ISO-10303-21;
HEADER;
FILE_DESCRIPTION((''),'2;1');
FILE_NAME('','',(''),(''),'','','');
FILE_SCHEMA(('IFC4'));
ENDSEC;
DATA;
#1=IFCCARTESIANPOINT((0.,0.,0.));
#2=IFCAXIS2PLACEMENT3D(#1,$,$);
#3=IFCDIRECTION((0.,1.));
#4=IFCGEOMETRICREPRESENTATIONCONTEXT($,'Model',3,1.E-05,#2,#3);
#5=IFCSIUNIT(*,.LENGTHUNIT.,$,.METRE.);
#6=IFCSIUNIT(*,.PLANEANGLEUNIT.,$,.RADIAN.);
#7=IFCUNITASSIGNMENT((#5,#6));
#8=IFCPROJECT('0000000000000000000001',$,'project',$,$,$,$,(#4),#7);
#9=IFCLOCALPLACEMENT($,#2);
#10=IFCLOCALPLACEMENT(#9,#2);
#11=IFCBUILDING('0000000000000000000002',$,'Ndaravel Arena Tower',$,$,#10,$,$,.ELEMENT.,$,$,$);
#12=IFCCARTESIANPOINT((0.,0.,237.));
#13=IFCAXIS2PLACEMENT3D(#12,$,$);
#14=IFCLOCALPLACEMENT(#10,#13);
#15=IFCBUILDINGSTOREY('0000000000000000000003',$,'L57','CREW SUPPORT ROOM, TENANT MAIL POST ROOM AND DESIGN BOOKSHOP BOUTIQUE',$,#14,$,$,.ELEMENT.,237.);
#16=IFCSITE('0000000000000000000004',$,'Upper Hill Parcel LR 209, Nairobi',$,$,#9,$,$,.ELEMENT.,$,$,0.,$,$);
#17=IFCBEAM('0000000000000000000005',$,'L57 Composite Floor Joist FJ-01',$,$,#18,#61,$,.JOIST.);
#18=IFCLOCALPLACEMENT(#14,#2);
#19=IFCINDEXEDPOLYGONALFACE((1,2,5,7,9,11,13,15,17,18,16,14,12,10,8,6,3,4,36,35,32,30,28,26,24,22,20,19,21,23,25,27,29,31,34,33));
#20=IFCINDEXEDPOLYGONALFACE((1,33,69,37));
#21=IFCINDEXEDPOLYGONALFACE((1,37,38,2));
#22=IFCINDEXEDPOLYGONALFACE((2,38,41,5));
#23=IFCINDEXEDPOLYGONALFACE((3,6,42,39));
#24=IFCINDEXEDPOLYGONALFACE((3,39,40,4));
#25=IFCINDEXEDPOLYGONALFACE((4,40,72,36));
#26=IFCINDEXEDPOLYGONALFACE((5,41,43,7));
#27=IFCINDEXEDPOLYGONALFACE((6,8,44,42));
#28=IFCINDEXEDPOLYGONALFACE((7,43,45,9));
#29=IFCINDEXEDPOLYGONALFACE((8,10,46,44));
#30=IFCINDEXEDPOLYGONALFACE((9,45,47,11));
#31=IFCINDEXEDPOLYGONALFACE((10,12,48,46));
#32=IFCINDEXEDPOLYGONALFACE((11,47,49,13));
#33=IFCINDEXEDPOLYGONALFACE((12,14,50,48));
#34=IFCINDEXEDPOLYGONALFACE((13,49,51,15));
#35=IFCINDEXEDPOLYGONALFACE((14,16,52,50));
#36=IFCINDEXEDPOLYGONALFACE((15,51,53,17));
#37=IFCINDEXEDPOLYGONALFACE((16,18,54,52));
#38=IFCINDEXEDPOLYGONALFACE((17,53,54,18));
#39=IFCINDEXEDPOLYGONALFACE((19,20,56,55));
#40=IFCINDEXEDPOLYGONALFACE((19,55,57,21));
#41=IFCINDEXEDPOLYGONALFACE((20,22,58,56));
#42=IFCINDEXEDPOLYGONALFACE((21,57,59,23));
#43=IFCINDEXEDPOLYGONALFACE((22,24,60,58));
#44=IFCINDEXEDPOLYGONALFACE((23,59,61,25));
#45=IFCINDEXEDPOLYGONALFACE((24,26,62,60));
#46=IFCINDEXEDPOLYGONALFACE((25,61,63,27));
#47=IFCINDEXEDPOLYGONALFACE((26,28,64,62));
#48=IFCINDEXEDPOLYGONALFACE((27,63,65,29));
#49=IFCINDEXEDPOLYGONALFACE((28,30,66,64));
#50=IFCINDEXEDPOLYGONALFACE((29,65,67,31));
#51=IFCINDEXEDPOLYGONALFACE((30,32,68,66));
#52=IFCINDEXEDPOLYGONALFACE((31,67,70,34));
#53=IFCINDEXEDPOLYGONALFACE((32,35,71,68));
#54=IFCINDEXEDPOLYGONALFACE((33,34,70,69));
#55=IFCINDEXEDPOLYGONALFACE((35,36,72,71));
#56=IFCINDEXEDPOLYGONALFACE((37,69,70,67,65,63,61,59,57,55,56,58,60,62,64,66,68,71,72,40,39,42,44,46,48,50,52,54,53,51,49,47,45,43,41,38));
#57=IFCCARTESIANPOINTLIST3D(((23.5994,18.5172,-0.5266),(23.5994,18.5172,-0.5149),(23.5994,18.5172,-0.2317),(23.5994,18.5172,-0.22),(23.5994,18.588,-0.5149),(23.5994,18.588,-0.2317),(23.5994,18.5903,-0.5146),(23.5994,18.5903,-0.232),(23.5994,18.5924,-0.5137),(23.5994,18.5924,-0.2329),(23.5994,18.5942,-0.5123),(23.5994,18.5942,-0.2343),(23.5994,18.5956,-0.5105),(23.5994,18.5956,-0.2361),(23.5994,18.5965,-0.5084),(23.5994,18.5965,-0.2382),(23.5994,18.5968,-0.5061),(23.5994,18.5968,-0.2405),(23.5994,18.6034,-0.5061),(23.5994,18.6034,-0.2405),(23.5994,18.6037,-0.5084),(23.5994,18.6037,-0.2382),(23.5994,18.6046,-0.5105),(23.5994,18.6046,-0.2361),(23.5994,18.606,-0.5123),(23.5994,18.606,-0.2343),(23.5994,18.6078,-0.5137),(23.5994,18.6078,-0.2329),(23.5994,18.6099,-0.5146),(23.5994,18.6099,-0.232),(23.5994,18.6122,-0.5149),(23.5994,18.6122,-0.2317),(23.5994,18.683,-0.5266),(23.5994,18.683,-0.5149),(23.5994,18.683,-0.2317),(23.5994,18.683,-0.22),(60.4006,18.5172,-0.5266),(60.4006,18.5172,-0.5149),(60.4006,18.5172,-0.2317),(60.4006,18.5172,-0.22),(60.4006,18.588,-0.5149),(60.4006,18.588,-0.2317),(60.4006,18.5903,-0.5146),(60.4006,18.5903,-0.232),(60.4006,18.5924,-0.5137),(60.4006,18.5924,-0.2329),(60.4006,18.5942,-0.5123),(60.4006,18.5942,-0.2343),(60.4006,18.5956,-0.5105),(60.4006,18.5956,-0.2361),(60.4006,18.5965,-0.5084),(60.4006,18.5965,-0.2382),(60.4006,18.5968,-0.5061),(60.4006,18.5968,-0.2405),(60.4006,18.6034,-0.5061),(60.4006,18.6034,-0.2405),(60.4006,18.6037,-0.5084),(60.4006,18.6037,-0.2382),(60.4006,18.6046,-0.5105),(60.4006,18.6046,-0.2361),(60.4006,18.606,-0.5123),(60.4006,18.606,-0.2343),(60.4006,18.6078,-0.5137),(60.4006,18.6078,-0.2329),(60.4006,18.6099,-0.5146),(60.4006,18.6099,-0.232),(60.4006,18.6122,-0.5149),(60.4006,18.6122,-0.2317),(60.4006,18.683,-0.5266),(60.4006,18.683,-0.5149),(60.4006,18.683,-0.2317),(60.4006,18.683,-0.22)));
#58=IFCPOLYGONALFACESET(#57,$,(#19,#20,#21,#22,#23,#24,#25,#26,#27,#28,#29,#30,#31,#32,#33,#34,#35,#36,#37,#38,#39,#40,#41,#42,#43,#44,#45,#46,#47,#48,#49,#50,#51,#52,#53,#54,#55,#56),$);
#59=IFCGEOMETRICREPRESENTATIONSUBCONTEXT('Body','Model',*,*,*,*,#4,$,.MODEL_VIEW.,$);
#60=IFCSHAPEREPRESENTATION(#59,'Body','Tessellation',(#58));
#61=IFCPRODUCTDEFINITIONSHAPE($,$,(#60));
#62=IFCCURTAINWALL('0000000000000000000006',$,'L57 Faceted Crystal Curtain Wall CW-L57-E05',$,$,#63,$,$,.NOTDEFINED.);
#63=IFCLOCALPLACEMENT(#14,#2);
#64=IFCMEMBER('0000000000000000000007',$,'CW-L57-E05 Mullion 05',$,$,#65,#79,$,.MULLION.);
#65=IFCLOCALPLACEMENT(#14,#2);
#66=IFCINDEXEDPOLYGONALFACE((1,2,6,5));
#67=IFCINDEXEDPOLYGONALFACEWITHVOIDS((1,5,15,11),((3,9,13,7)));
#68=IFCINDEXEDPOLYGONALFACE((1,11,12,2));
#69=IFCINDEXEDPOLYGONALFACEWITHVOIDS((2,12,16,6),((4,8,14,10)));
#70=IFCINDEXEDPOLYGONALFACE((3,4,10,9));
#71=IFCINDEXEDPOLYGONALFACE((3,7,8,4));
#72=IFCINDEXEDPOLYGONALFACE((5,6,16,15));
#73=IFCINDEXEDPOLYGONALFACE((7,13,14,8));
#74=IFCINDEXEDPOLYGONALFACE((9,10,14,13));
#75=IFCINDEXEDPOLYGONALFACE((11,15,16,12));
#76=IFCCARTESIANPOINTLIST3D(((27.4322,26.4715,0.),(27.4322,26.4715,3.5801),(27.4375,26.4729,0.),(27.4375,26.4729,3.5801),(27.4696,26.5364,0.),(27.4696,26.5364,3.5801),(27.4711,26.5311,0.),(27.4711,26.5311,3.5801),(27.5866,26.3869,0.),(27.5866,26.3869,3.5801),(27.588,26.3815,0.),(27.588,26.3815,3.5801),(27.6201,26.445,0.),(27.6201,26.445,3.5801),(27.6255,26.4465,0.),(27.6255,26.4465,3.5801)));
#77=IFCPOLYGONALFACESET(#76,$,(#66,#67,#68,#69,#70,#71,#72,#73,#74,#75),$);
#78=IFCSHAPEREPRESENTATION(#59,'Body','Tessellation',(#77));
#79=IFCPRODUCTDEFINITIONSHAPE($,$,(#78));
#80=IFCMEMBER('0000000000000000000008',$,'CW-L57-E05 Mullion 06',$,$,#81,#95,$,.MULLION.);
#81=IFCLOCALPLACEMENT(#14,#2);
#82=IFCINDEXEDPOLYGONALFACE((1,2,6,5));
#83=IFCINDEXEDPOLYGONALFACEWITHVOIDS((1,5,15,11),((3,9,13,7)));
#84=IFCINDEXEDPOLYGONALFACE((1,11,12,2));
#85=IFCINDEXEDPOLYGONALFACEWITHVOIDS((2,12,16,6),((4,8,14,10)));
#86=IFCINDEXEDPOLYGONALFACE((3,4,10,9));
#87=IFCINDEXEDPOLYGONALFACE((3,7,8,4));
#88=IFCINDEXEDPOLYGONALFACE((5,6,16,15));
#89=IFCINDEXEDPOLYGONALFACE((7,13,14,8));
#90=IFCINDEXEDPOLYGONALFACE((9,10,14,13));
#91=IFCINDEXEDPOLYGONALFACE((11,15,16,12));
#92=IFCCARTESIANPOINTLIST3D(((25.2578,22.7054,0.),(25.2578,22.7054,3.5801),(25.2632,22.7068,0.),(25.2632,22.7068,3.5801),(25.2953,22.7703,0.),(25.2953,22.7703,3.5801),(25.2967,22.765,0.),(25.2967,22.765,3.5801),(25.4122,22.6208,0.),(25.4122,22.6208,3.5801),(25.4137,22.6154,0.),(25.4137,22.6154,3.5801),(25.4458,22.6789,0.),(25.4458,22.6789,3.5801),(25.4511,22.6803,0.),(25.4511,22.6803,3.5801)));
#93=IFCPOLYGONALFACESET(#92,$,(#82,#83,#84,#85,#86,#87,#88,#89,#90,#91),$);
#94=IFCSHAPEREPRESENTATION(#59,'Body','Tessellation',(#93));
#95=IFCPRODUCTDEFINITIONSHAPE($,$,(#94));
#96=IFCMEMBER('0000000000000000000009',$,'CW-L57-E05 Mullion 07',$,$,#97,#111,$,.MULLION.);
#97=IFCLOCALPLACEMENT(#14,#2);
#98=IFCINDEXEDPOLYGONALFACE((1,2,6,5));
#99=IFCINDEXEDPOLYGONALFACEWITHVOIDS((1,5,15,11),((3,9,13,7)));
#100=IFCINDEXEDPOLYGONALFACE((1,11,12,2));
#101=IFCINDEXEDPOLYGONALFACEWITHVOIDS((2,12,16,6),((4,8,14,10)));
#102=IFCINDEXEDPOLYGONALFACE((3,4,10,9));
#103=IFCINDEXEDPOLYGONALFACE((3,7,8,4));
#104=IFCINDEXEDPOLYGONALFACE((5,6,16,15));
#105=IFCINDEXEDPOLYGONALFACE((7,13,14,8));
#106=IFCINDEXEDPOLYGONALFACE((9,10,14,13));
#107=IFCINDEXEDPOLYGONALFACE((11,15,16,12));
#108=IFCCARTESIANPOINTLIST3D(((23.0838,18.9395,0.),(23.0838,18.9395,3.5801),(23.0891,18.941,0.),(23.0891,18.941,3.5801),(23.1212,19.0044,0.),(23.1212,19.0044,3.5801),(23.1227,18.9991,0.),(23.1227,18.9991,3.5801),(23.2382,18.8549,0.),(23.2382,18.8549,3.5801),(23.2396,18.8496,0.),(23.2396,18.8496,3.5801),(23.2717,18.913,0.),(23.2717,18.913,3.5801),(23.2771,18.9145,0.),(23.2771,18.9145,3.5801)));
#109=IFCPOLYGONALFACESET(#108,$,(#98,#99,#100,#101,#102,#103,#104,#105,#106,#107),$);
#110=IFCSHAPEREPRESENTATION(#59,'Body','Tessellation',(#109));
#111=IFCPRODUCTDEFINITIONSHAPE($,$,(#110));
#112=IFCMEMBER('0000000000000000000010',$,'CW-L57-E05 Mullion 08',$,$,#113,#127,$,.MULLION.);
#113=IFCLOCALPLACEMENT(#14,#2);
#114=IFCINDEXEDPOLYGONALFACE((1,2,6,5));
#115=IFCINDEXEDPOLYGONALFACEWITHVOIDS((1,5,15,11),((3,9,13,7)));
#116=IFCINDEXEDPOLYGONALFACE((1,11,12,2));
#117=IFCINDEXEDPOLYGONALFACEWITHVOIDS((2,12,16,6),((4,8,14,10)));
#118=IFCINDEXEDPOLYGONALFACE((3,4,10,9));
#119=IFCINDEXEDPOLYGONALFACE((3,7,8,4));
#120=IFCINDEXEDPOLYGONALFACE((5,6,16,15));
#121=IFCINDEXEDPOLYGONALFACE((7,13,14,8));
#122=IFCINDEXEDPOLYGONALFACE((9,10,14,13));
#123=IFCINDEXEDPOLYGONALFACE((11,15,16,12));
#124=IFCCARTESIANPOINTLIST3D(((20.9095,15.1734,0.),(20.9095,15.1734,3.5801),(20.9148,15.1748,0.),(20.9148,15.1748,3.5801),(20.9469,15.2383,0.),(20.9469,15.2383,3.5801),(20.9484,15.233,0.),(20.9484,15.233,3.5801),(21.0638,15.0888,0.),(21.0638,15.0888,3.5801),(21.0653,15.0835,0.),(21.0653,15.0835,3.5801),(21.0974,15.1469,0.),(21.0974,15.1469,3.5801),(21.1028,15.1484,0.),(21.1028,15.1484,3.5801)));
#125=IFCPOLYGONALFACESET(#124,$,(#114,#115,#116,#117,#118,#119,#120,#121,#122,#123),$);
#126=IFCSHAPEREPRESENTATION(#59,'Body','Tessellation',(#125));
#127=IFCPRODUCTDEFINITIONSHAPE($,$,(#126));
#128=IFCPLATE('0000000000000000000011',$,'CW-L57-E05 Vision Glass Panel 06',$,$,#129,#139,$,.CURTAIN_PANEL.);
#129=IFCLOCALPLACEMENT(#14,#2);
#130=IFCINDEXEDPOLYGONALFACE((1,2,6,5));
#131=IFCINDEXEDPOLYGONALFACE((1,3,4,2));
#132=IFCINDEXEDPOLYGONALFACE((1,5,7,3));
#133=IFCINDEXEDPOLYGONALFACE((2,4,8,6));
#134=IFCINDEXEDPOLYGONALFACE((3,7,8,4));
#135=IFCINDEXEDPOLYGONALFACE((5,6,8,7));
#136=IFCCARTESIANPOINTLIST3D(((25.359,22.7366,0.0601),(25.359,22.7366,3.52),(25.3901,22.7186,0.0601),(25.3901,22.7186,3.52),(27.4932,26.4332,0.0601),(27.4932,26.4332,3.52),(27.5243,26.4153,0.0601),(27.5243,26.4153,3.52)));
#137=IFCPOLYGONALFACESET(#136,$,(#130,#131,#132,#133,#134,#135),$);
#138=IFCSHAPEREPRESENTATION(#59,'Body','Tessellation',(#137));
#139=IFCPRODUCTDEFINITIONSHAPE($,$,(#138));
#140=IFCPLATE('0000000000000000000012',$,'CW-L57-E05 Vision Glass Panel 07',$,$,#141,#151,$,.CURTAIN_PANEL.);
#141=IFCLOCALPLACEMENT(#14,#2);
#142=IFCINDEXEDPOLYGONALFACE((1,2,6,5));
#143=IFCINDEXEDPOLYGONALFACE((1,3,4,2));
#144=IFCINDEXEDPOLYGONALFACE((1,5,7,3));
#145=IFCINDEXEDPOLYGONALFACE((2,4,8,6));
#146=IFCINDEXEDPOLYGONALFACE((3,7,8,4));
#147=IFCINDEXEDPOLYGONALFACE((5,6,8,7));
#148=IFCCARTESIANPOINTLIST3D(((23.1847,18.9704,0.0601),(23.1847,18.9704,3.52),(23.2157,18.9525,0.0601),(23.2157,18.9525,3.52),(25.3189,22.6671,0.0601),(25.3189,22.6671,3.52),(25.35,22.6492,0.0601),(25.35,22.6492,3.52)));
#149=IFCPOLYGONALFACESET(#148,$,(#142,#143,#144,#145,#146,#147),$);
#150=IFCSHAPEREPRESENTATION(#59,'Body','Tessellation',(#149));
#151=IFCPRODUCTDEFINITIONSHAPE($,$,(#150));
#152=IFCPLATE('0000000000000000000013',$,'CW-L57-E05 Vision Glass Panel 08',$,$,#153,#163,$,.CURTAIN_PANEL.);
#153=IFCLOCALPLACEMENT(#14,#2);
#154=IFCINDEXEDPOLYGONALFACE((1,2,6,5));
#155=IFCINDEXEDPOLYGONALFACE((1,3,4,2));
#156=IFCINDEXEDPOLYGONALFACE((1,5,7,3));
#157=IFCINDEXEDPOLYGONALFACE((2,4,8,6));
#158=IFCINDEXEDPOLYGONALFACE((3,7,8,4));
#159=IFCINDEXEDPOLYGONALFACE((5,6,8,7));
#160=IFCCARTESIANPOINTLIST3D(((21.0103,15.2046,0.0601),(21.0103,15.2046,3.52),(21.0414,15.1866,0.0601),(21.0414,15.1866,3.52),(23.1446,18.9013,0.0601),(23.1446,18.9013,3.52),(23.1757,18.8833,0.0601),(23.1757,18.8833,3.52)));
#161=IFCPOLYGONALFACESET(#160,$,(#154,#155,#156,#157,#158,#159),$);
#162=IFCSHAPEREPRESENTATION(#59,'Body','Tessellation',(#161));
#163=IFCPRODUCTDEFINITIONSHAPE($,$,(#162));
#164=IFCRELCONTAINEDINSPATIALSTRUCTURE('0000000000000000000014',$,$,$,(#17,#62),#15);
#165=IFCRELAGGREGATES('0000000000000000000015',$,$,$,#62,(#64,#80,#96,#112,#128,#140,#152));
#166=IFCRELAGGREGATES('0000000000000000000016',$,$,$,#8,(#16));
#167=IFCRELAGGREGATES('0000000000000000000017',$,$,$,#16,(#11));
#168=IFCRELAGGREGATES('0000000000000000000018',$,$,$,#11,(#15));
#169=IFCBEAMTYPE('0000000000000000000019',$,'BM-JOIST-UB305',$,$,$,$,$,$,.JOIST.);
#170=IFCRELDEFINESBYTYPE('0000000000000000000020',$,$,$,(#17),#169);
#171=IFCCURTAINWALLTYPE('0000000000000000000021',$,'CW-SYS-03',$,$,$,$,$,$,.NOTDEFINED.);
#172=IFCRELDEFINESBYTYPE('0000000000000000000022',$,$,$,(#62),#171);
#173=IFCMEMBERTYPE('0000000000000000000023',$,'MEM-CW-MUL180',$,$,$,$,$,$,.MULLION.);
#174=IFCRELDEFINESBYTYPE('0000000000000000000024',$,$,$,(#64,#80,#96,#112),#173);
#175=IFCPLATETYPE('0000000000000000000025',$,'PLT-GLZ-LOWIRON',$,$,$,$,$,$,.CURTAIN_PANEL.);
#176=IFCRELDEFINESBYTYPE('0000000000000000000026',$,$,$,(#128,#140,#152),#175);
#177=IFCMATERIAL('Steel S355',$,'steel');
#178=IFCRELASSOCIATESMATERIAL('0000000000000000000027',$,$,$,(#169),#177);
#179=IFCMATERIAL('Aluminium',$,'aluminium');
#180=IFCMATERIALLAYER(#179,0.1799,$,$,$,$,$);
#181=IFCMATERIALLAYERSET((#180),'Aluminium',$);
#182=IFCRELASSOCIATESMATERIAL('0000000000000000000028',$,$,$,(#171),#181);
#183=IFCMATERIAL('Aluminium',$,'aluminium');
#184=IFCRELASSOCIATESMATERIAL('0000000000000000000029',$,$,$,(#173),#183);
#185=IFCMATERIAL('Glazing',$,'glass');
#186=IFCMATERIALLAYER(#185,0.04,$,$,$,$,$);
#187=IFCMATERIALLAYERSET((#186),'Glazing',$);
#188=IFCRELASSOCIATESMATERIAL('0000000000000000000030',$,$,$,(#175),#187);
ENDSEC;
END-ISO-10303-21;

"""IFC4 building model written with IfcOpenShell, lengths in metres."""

from ifc_helpers import new_model, si_unit, direction, frame, origin, origin_2d, place, context, subcontext, project, spatial, rectangle, hollow_rectangle, i_section, extrude, material, layer, layer_set, material_profile, profile_set, type_object, element, aggregate, save


model = new_model("IFC4")

# Units and contexts
model_context = context("Model", 3, precision=1e-05, world=origin(), true_north=direction((0.0, 1.0)))
body_context = subcontext(model_context, "Body", "Model", "MODEL_VIEW")
ifc_project = project(units=[si_unit("LENGTHUNIT", "METRE"), si_unit("PLANEANGLEUNIT", "RADIAN")], contexts=[model_context])

# Site, building, storey
site_placement = place(None, origin())
site = spatial("IfcSite", under=ifc_project, at=site_placement, Name="Upper Hill Parcel LR 209, Nairobi", CompositionType="ELEMENT", RefElevation=0.0)
building_placement = place(site_placement, origin())
building = spatial("IfcBuilding", under=site, at=building_placement, Name="Ndaravel Arena Tower", CompositionType="ELEMENT")
storey_placement = place(building_placement, frame((0.0, 0.0, 237.0)))
storey = spatial("IfcBuildingStorey", under=building, at=storey_placement, Name="L57", Description="CREW SUPPORT ROOM, TENANT MAIL POST ROOM AND DESIGN BOOKSHOP BOUTIQUE", CompositionType="ELEMENT", Elevation=237.0)

# Beam
ifc_material_1 = material(Name="Steel S355", Category="steel")
ifc_material_profile_1 = material_profile(ifc_material_1, i_section(OverallWidth=0.1658, OverallDepth=0.3066, WebThickness=0.0066, FlangeThickness=0.0117, FilletRadius=0.0088, at=origin_2d()), Name="UB 305x165x46")
ifc_profile_set_1 = profile_set([ifc_material_profile_1], Name="Steel S355")
beam_type = type_object("IfcBeamType", Name="BM-JOIST-UB305", PredefinedType="JOIST", material=ifc_profile_set_1)
beam_placement = place(storey_placement, frame((23.5994, 18.6001, -0.3733), z_axis=(1.0, 0.0, 0.0), x_axis=(0.0, 1.0, 0.0)))
element("IfcBeam", 1, at=beam_placement, inside=storey, type_object=beam_type, Name="L57 Composite Floor Joist FJ-01", PredefinedType="JOIST", context=body_context, shape_type="SweptSolid", body=[
    extrude(i_section(OverallWidth=0.1658, OverallDepth=0.3066, WebThickness=0.0066, FlangeThickness=0.0117, FilletRadius=0.0088, at=origin_2d()), origin(), (0.0, 0.0, 1.0), 36.8013),
])

# Curtain wall, members, plates
ifc_material_2 = material(Name="Aluminium", Category="aluminium")
ifc_layer_1 = layer(ifc_material_2, 0.1799)
ifc_layer_set_1 = layer_set([ifc_layer_1], Name="Aluminium")
curtain_wall_type = type_object("IfcCurtainWallType", Name="CW-SYS-03", PredefinedType="NOTDEFINED", material=ifc_layer_set_1)
curtain_wall_placement = place(storey_placement, origin())
curtain_wall = element("IfcCurtainWall", 2, at=curtain_wall_placement, inside=storey, type_object=curtain_wall_type, Name="L57 Faceted Crystal Curtain Wall CW-L57-E05", PredefinedType="NOTDEFINED")
ifc_material_3 = material(Name="Aluminium", Category="aluminium")
ifc_material_profile_2 = material_profile(ifc_material_3, hollow_rectangle(XDim=0.075, YDim=0.1799, WallThickness=0.0039, at=origin_2d()), Name="CW MULLION 75x180x4")
ifc_profile_set_2 = profile_set([ifc_material_profile_2], Name="Aluminium")
member_type = type_object("IfcMemberType", Name="MEM-CW-MUL180", PredefinedType="MULLION", material=ifc_profile_set_2)
member_1_placement = place(storey_placement, frame((27.5288, 26.459, 0.0), z_axis=(0.0, 0.0, 1.0), x_axis=(-0.5, -0.866025, 0.0)))
member_1 = element("IfcMember", 3, at=member_1_placement, type_object=member_type, Name="CW-L57-E05 Mullion 05", PredefinedType="MULLION", context=body_context, shape_type="SweptSolid", body=[
    extrude(hollow_rectangle(XDim=0.075, YDim=0.1799, WallThickness=0.0039, at=origin_2d()), origin(), (0.0, 0.0, 1.0), 3.5801),
])
member_2_placement = place(storey_placement, frame((25.3545, 22.6929, 0.0), z_axis=(0.0, 0.0, 1.0), x_axis=(-0.5, -0.866025, 0.0)))
member_2 = element("IfcMember", 4, at=member_2_placement, type_object=member_type, Name="CW-L57-E05 Mullion 06", PredefinedType="MULLION", context=body_context, shape_type="SweptSolid", body=[
    extrude(hollow_rectangle(XDim=0.075, YDim=0.1799, WallThickness=0.0039, at=origin_2d()), origin(), (0.0, 0.0, 1.0), 3.5801),
])
member_3_placement = place(storey_placement, frame((23.1804, 18.927, 0.0), z_axis=(0.0, 0.0, 1.0), x_axis=(-0.5, -0.866025, 0.0)))
member_3 = element("IfcMember", 5, at=member_3_placement, type_object=member_type, Name="CW-L57-E05 Mullion 07", PredefinedType="MULLION", context=body_context, shape_type="SweptSolid", body=[
    extrude(hollow_rectangle(XDim=0.075, YDim=0.1799, WallThickness=0.0039, at=origin_2d()), origin(), (0.0, 0.0, 1.0), 3.5801),
])
member_4_placement = place(storey_placement, frame((21.0061, 15.1609, 0.0), z_axis=(0.0, 0.0, 1.0), x_axis=(-0.5, -0.866025, 0.0)))
member_4 = element("IfcMember", 6, at=member_4_placement, type_object=member_type, Name="CW-L57-E05 Mullion 08", PredefinedType="MULLION", context=body_context, shape_type="SweptSolid", body=[
    extrude(hollow_rectangle(XDim=0.075, YDim=0.1799, WallThickness=0.0039, at=origin_2d()), origin(), (0.0, 0.0, 1.0), 3.5801),
])
ifc_material_4 = material(Name="Glazing", Category="glass")
ifc_layer_2 = layer(ifc_material_4, 0.04)
ifc_layer_set_2 = layer_set([ifc_layer_2], Name="Glazing")
plate_type = type_object("IfcPlateType", Name="PLT-GLZ-LOWIRON", PredefinedType="CURTAIN_PANEL", material=ifc_layer_set_2)
plate_1_placement = place(storey_placement, frame((26.4417, 24.5759, 0.0601), z_axis=(0.0, 0.0, 1.0), x_axis=(-0.5, -0.866025, 0.0)))
plate_1 = element("IfcPlate", 7, at=plate_1_placement, type_object=plate_type, Name="CW-L57-E05 Vision Glass Panel 06", PredefinedType="CURTAIN_PANEL", context=body_context, shape_type="SweptSolid", body=[
    extrude(rectangle(XDim=4.2686, YDim=0.0359, at=origin_2d()), origin(), (0.0, 0.0, 1.0), 3.46),
])
plate_2_placement = place(storey_placement, frame((24.2673, 20.8098, 0.0601), z_axis=(0.0, 0.0, 1.0), x_axis=(-0.5, -0.866025, 0.0)))
plate_2 = element("IfcPlate", 8, at=plate_2_placement, type_object=plate_type, Name="CW-L57-E05 Vision Glass Panel 07", PredefinedType="CURTAIN_PANEL", context=body_context, shape_type="SweptSolid", body=[
    extrude(rectangle(XDim=4.2686, YDim=0.0359, at=origin_2d()), origin(), (0.0, 0.0, 1.0), 3.46),
])
plate_3_placement = place(storey_placement, frame((22.093, 17.0439, 0.0601), z_axis=(0.0, 0.0, 1.0), x_axis=(-0.5, -0.866025, 0.0)))
plate_3 = element("IfcPlate", 9, at=plate_3_placement, type_object=plate_type, Name="CW-L57-E05 Vision Glass Panel 08", PredefinedType="CURTAIN_PANEL", context=body_context, shape_type="SweptSolid", body=[
    extrude(rectangle(XDim=4.2686, YDim=0.0359, at=origin_2d()), origin(), (0.0, 0.0, 1.0), 3.46),
])
aggregate(curtain_wall, [member_1, member_2, member_3, member_4, plate_1, plate_2, plate_3])

save(model, "model.ifc")
